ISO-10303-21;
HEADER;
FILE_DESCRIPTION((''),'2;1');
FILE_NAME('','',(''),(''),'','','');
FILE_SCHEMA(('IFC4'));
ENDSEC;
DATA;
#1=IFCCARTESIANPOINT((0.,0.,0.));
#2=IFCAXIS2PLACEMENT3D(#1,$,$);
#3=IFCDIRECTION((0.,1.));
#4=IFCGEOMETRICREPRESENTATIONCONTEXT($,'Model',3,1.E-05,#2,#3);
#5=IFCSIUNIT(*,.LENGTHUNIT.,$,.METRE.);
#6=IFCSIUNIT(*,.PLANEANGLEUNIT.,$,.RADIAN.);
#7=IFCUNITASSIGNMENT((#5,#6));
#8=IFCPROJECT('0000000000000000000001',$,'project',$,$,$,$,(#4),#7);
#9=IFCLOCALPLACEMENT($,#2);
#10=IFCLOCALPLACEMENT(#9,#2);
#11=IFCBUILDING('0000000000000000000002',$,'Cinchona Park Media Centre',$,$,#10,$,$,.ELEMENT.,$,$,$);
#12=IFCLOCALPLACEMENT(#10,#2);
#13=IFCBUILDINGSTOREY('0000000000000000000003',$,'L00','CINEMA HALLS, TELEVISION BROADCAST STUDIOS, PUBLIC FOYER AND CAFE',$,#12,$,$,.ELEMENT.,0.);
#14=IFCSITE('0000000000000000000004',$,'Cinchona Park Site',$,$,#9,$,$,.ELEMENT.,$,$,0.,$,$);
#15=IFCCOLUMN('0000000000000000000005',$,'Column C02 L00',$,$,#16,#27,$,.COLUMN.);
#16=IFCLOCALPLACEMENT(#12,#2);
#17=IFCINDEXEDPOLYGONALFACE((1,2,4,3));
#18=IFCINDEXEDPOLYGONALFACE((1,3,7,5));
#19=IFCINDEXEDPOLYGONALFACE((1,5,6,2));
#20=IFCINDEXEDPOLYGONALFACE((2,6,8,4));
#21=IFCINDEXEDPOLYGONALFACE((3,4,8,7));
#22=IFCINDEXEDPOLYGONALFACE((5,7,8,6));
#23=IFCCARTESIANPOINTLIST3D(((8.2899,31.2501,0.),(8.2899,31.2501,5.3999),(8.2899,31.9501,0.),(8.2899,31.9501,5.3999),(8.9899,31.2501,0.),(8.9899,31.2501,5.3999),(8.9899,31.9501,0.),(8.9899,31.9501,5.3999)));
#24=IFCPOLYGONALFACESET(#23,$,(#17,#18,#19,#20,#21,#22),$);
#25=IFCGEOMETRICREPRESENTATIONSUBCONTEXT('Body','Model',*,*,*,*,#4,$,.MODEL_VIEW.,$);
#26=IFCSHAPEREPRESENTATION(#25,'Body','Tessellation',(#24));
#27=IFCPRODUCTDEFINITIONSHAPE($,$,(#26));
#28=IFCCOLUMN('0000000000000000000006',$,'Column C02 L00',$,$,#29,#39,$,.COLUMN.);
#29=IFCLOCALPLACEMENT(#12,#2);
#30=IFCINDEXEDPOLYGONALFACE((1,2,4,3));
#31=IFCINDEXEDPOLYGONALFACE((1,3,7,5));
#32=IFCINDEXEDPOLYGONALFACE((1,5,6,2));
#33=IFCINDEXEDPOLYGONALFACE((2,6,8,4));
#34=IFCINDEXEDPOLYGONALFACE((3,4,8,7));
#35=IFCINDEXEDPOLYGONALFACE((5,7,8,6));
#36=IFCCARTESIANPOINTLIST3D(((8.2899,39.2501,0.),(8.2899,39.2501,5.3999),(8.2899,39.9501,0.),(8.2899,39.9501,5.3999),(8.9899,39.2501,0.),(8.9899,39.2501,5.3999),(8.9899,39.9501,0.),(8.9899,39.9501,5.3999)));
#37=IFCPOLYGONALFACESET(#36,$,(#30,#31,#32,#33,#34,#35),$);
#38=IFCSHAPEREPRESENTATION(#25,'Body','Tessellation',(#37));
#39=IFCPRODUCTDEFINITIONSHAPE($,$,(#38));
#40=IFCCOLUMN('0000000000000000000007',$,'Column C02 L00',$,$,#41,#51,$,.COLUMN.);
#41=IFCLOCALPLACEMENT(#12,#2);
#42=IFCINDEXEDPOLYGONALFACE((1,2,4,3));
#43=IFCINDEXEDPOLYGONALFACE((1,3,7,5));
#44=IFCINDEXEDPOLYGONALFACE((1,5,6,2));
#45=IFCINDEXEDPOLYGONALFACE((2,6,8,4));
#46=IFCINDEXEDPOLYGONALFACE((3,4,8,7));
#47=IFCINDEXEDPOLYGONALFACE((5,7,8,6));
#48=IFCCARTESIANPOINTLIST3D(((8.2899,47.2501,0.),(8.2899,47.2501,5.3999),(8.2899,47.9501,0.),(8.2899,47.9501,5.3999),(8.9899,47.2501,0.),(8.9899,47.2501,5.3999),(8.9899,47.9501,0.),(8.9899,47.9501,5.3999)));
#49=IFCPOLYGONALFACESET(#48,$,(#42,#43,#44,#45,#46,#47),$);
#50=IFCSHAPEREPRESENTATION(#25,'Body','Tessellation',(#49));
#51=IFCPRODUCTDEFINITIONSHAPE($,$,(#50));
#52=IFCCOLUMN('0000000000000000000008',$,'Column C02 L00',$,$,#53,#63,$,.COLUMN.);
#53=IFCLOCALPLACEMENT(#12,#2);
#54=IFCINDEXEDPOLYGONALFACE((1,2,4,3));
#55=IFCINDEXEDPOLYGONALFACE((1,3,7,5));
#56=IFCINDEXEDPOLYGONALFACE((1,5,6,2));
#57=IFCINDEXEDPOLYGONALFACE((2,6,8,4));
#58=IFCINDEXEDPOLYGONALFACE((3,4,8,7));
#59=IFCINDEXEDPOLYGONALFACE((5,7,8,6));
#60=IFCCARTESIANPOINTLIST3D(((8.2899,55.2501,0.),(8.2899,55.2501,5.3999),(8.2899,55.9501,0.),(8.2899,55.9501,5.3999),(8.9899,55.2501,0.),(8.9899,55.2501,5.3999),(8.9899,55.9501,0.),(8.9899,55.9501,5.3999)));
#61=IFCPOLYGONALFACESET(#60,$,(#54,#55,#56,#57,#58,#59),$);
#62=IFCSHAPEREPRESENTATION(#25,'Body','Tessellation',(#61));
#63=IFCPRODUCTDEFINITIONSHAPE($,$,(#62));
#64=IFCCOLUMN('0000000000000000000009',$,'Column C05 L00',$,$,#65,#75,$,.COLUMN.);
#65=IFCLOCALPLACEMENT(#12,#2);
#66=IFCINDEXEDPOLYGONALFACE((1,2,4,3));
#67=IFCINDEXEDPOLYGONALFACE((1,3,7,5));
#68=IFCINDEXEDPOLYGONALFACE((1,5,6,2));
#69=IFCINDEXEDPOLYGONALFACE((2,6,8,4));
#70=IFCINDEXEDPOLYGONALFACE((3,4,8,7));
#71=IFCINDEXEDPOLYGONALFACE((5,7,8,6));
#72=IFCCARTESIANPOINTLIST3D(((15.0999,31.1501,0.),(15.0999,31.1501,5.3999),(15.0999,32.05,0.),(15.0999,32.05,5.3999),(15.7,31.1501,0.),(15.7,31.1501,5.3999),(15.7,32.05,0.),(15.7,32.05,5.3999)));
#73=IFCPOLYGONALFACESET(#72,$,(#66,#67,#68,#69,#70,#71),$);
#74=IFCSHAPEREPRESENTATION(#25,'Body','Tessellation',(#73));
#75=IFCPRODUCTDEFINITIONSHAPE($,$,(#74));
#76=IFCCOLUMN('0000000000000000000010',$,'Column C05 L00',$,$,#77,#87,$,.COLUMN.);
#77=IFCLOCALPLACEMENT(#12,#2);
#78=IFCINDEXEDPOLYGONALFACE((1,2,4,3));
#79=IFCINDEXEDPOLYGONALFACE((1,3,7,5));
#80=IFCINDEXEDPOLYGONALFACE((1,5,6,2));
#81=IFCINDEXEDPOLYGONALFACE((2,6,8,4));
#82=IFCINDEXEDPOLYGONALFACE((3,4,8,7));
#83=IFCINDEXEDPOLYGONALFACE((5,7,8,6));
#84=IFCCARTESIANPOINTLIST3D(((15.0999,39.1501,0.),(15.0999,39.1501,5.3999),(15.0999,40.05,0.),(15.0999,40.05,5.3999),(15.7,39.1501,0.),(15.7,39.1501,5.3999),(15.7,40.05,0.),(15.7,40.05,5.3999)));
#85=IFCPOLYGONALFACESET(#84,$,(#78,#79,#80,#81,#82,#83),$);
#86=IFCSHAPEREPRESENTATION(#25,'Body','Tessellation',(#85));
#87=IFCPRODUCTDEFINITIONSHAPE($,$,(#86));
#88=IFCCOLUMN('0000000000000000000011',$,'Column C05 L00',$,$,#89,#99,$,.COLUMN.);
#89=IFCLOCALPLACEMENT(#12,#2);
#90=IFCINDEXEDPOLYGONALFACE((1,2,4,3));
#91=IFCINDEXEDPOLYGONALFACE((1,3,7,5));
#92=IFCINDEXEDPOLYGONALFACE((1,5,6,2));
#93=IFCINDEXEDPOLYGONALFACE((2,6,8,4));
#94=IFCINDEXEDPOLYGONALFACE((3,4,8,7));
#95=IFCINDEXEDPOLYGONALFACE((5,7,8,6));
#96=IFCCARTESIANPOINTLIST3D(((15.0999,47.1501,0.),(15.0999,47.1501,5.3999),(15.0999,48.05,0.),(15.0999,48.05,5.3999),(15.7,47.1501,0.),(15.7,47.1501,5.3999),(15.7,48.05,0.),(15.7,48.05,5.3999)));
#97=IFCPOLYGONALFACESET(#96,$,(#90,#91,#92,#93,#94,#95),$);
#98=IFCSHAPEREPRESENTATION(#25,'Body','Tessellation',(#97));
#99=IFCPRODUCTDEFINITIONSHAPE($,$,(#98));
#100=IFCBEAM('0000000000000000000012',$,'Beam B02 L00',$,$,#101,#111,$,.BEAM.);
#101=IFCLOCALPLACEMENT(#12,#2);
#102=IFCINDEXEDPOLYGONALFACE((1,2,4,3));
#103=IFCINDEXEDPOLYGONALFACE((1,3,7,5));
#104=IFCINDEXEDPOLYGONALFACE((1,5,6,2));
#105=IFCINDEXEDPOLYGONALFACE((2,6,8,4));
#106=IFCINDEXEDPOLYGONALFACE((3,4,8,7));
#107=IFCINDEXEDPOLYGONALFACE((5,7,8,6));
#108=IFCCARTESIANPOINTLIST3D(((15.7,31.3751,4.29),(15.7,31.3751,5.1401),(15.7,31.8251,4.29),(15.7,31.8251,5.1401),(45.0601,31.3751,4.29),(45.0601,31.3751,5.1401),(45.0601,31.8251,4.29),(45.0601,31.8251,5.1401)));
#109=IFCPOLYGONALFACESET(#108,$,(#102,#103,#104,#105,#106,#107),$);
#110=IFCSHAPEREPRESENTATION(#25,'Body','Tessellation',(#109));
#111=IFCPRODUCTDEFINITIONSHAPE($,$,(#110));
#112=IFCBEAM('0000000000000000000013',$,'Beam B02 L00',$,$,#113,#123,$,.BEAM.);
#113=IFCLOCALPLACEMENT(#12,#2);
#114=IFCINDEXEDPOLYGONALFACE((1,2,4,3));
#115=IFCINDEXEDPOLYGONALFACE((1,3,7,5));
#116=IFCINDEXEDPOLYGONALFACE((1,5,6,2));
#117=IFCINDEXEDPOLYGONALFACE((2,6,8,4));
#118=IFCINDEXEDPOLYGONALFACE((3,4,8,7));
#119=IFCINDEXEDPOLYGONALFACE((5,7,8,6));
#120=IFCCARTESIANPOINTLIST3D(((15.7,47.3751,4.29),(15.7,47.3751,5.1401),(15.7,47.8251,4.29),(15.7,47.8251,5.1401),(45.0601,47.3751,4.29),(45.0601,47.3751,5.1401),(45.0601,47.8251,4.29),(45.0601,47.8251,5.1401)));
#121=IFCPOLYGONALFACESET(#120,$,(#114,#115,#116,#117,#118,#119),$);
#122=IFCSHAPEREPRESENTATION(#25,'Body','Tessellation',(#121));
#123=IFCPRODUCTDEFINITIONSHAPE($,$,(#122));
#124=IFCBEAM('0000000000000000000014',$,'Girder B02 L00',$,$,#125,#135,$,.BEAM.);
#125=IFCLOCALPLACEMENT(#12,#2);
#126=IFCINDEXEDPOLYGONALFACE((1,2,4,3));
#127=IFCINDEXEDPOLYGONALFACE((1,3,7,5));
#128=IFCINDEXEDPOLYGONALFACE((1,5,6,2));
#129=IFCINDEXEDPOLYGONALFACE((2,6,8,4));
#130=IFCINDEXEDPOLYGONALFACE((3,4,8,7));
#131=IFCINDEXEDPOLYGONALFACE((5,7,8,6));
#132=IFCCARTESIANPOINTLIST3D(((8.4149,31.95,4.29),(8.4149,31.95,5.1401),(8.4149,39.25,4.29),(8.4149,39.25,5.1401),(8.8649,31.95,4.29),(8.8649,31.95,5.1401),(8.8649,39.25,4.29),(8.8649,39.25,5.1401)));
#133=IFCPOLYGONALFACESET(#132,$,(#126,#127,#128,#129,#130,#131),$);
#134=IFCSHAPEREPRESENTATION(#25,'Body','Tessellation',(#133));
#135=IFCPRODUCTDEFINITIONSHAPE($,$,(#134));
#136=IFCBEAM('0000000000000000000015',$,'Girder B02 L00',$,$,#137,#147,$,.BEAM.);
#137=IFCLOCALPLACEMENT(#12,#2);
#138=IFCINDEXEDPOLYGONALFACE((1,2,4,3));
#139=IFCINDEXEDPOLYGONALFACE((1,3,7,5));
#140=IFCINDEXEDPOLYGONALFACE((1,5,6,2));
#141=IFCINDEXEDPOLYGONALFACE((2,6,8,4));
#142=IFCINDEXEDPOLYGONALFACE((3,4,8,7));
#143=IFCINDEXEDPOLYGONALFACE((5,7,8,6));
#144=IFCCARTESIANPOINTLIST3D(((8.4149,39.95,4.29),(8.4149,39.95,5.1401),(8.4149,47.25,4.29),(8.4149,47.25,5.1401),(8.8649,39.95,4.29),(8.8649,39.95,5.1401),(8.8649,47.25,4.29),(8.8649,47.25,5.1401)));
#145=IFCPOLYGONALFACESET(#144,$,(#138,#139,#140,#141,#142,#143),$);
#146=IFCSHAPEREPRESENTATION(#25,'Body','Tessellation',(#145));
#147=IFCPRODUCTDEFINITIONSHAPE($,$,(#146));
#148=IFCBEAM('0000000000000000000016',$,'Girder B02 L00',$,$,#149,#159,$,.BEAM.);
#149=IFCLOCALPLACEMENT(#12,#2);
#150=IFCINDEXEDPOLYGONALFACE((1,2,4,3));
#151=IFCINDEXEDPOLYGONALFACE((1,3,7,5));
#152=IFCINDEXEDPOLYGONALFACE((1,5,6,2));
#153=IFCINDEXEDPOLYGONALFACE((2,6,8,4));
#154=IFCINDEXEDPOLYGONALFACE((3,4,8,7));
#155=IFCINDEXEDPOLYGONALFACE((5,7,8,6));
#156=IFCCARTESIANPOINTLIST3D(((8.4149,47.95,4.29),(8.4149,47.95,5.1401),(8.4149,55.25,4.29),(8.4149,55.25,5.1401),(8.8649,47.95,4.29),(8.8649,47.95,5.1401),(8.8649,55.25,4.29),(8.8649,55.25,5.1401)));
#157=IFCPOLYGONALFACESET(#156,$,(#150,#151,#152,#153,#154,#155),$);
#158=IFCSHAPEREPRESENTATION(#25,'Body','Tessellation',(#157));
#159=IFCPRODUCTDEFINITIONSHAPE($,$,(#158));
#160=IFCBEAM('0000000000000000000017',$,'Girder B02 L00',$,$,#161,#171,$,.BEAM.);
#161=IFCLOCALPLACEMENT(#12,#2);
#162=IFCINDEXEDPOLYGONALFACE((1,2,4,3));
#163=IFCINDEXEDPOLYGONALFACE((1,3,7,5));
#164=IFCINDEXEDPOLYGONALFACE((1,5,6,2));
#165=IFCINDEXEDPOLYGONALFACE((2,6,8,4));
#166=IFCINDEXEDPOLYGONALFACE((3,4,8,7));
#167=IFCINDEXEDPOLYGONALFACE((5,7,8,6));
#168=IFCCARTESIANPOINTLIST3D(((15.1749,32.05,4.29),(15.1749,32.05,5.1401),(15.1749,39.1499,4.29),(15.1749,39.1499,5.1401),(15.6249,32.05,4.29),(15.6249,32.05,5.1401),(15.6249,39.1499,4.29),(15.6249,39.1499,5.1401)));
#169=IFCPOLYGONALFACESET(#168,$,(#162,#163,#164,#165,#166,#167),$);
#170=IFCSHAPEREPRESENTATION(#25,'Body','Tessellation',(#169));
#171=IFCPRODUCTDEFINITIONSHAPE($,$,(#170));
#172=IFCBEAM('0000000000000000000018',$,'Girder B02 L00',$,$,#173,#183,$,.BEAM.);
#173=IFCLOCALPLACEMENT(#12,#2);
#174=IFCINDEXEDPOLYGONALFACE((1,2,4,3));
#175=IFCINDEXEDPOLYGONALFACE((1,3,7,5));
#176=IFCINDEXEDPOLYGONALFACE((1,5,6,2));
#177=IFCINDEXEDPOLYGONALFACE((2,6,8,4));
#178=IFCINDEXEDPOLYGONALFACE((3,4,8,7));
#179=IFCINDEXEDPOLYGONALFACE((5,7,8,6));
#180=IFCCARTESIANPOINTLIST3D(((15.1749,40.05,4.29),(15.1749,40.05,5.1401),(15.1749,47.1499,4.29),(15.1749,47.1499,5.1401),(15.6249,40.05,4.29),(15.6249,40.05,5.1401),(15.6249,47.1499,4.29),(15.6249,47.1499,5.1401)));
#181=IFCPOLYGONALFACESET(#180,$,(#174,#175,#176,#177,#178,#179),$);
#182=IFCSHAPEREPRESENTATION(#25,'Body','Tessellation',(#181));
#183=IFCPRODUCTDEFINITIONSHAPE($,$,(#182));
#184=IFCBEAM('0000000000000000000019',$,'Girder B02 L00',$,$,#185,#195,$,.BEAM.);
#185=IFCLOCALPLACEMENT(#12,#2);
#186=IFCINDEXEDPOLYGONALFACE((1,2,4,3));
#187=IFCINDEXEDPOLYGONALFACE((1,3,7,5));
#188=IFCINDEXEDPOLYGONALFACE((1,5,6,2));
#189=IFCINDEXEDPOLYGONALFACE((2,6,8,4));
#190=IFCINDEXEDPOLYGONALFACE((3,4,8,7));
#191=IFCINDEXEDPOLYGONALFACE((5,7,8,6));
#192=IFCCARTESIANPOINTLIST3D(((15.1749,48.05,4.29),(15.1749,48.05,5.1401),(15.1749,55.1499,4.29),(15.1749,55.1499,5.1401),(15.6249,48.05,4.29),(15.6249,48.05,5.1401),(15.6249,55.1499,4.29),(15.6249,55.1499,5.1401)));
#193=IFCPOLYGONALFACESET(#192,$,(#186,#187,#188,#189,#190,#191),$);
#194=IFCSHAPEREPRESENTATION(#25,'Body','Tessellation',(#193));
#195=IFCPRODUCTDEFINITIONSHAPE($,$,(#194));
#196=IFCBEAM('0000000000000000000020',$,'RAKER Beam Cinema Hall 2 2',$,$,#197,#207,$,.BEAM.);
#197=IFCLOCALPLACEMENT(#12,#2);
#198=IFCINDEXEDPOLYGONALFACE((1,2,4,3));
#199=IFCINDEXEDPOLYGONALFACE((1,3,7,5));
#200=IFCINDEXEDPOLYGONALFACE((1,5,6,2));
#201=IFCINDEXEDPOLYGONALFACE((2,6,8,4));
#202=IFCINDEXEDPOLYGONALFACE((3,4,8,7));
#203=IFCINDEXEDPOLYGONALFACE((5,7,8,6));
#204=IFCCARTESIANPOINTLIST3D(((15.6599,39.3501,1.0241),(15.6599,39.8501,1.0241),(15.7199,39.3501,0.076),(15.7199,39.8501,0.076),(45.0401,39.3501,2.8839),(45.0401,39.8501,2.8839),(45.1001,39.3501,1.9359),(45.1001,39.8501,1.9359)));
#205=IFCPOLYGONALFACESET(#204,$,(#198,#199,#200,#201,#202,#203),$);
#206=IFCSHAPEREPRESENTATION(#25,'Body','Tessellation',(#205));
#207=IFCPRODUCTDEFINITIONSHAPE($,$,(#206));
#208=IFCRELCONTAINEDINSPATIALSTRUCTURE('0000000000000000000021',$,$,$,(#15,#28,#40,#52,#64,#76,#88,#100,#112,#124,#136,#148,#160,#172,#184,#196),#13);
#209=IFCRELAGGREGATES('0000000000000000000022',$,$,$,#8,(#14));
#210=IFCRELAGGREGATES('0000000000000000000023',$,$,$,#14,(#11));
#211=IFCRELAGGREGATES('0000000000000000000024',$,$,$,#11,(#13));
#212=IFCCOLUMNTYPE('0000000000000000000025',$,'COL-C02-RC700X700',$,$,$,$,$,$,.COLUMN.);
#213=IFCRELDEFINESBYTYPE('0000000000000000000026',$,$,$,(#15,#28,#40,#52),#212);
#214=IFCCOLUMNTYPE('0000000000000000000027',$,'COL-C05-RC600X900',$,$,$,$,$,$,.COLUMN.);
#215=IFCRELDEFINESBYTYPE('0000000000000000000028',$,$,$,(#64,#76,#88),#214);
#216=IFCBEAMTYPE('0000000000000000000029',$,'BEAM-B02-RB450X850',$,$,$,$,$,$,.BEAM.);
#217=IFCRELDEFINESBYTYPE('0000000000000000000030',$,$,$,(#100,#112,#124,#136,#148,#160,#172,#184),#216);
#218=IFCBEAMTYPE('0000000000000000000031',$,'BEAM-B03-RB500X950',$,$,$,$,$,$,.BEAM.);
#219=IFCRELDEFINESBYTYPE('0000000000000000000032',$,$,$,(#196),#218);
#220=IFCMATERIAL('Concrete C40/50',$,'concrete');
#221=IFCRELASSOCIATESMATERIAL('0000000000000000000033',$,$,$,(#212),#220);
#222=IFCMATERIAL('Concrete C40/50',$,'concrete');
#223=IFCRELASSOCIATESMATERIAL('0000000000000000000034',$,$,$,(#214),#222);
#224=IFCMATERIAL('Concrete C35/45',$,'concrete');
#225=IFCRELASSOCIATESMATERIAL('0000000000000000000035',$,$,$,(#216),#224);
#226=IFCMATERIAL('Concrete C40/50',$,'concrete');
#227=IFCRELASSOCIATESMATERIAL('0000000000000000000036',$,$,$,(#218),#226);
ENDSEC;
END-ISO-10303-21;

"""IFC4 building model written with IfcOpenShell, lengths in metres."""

from ifc_helpers import new_model, si_unit, direction, frame, origin, origin_2d, place, context, subcontext, project, spatial, rectangle, extrude, material, material_profile, profile_set, type_object, element, save


model = new_model("IFC4")

# Units and contexts
model_context = context("Model", 3, precision=1e-05, world=origin(), true_north=direction((0.0, 1.0)))
body_context = subcontext(model_context, "Body", "Model", "MODEL_VIEW")
ifc_project = project(units=[si_unit("LENGTHUNIT", "METRE"), si_unit("PLANEANGLEUNIT", "RADIAN")], contexts=[model_context])

# Site, building, storey
site_placement = place(None, origin())
site = spatial("IfcSite", under=ifc_project, at=site_placement, Name="Cinchona Park Site", CompositionType="ELEMENT", RefElevation=0.0)
building_placement = place(site_placement, origin())
building = spatial("IfcBuilding", under=site, at=building_placement, Name="Cinchona Park Media Centre", CompositionType="ELEMENT")
storey_placement = place(building_placement, origin())
storey = spatial("IfcBuildingStorey", under=building, at=storey_placement, Name="L00", Description="CINEMA HALLS, TELEVISION BROADCAST STUDIOS, PUBLIC FOYER AND CAFE", CompositionType="ELEMENT", Elevation=0.0)

# Columns
ifc_material_1 = material(Name="Concrete C40/50", Category="concrete")
ifc_material_profile_1 = material_profile(ifc_material_1, rectangle(XDim=0.7, YDim=0.7, at=origin_2d()), Name="RC 700X700")
ifc_profile_set_1 = profile_set([ifc_material_profile_1], Name="Concrete C40/50")
column_type_1 = type_object("IfcColumnType", Name="COL-C02-RC700X700", PredefinedType="COLUMN", material=ifc_profile_set_1)
for number, where, z_axis, x_axis, name in (
    (1, (8.6399, 31.6001, 0.0), (0.0, 0.0, 1.0), (1.0, 0.0, 0.0), "Column C02 L00"),
    (2, (8.6399, 39.6001, 0.0), (0.0, 0.0, 1.0), (1.0, 0.0, 0.0), "Column C02 L00"),
    (3, (8.6399, 47.6001, 0.0), (0.0, 0.0, 1.0), (1.0, 0.0, 0.0), "Column C02 L00"),
    (4, (8.6399, 55.6001, 0.0), (0.0, 0.0, 1.0), (1.0, 0.0, 0.0), "Column C02 L00"),
):
    element("IfcColumn", number, at=place(storey_placement, frame(where, z_axis=z_axis, x_axis=x_axis)), inside=storey, type_object=column_type_1, Name=name, PredefinedType="COLUMN", context=body_context, shape_type="SweptSolid", body=[
        extrude(rectangle(XDim=0.7, YDim=0.7, at=origin_2d()), origin(), (0.0, 0.0, 1.0), 5.3999),
    ])
ifc_material_2 = material(Name="Concrete C40/50", Category="concrete")
ifc_material_profile_2 = material_profile(ifc_material_2, rectangle(XDim=0.6001, YDim=0.8999, at=origin_2d()), Name="RC 600X900")
ifc_profile_set_2 = profile_set([ifc_material_profile_2], Name="Concrete C40/50")
column_type_2 = type_object("IfcColumnType", Name="COL-C05-RC600X900", PredefinedType="COLUMN", material=ifc_profile_set_2)
for number, where, z_axis, x_axis, name in (
    (5, (15.3999, 31.6001, 0.0), (0.0, 0.0, 1.0), (1.0, 0.0, 0.0), "Column C05 L00"),
    (6, (15.3999, 39.6001, 0.0), (0.0, 0.0, 1.0), (1.0, 0.0, 0.0), "Column C05 L00"),
    (7, (15.3999, 47.6001, 0.0), (0.0, 0.0, 1.0), (1.0, 0.0, 0.0), "Column C05 L00"),
):
    element("IfcColumn", number, at=place(storey_placement, frame(where, z_axis=z_axis, x_axis=x_axis)), inside=storey, type_object=column_type_2, Name=name, PredefinedType="COLUMN", context=body_context, shape_type="SweptSolid", body=[
        extrude(rectangle(XDim=0.6001, YDim=0.8999, at=origin_2d()), origin(), (0.0, 0.0, 1.0), 5.3999),
    ])

# Beams
ifc_material_3 = material(Name="Concrete C35/45", Category="concrete")
ifc_material_profile_3 = material_profile(ifc_material_3, rectangle(XDim=0.45, YDim=0.8501, at=origin_2d()), Name="RB 450X850")
ifc_profile_set_3 = profile_set([ifc_material_profile_3], Name="Concrete C35/45")
beam_type_1 = type_object("IfcBeamType", Name="BEAM-B02-RB450X850", PredefinedType="BEAM", material=ifc_profile_set_3)
for number, where, z_axis, x_axis, name in (
    (8, (15.7, 31.6001, 4.7151), (1.0, 0.0, 0.0), (0.0, 1.0, 0.0), "Beam B02 L00"),
    (9, (15.7, 47.6001, 4.7151), (1.0, 0.0, 0.0), (0.0, 1.0, 0.0), "Beam B02 L00"),
):
    element("IfcBeam", number, at=place(storey_placement, frame(where, z_axis=z_axis, x_axis=x_axis)), inside=storey, type_object=beam_type_1, Name=name, PredefinedType="BEAM", context=body_context, shape_type="SweptSolid", body=[
        extrude(rectangle(XDim=0.45, YDim=0.8501, at=origin_2d()), origin(), (0.0, 0.0, 1.0), 29.3601),
    ])
for number, where, z_axis, x_axis, name in (
    (10, (8.6399, 31.95, 4.7151), (0.0, 1.0, 0.0), (-1.0, 0.0, 0.0), "Girder B02 L00"),
    (11, (8.6399, 39.95, 4.7151), (0.0, 1.0, 0.0), (-1.0, 0.0, 0.0), "Girder B02 L00"),
    (12, (8.6399, 47.95, 4.7151), (0.0, 1.0, 0.0), (-1.0, 0.0, 0.0), "Girder B02 L00"),
):
    element("IfcBeam", number, at=place(storey_placement, frame(where, z_axis=z_axis, x_axis=x_axis)), inside=storey, type_object=beam_type_1, Name=name, PredefinedType="BEAM", context=body_context, shape_type="SweptSolid", body=[
        extrude(rectangle(XDim=0.45, YDim=0.8501, at=origin_2d()), origin(), (0.0, 0.0, 1.0), 7.3),
    ])
for number, where, z_axis, x_axis, name in (
    (13, (15.3999, 32.05, 4.7151), (0.0, 1.0, 0.0), (-1.0, 0.0, 0.0), "Girder B02 L00"),
    (14, (15.3999, 40.05, 4.7151), (0.0, 1.0, 0.0), (-1.0, 0.0, 0.0), "Girder B02 L00"),
    (15, (15.3999, 48.05, 4.7151), (0.0, 1.0, 0.0), (-1.0, 0.0, 0.0), "Girder B02 L00"),
):
    element("IfcBeam", number, at=place(storey_placement, frame(where, z_axis=z_axis, x_axis=x_axis)), inside=storey, type_object=beam_type_1, Name=name, PredefinedType="BEAM", context=body_context, shape_type="SweptSolid", body=[
        extrude(rectangle(XDim=0.45, YDim=0.8501, at=origin_2d()), origin(), (0.0, 0.0, 1.0), 7.0999),
    ])
ifc_material_4 = material(Name="Concrete C40/50", Category="concrete")
ifc_material_profile_4 = material_profile(ifc_material_4, rectangle(XDim=0.5, YDim=0.95, at=origin_2d()), Name="RB 500X950")
ifc_profile_set_4 = profile_set([ifc_material_profile_4], Name="Concrete C40/50")
beam_type_2 = type_object("IfcBeamType", Name="BEAM-B03-RB500X950", PredefinedType="BEAM", material=ifc_profile_set_4)
beam_placement = place(storey_placement, frame((15.6899, 39.6001, 0.55), z_axis=(0.998002, 0.0, 0.063177), x_axis=(0.0, 1.0, 0.0)))
element("IfcBeam", 16, at=beam_placement, inside=storey, type_object=beam_type_2, Name="RAKER Beam Cinema Hall 2 2", PredefinedType="BEAM", context=body_context, shape_type="SweptSolid", body=[
    extrude(rectangle(XDim=0.5, YDim=0.95, at=origin_2d()), origin(), (0.0, 0.0, 1.0), 29.439),
])

save(model, "model.ifc")
